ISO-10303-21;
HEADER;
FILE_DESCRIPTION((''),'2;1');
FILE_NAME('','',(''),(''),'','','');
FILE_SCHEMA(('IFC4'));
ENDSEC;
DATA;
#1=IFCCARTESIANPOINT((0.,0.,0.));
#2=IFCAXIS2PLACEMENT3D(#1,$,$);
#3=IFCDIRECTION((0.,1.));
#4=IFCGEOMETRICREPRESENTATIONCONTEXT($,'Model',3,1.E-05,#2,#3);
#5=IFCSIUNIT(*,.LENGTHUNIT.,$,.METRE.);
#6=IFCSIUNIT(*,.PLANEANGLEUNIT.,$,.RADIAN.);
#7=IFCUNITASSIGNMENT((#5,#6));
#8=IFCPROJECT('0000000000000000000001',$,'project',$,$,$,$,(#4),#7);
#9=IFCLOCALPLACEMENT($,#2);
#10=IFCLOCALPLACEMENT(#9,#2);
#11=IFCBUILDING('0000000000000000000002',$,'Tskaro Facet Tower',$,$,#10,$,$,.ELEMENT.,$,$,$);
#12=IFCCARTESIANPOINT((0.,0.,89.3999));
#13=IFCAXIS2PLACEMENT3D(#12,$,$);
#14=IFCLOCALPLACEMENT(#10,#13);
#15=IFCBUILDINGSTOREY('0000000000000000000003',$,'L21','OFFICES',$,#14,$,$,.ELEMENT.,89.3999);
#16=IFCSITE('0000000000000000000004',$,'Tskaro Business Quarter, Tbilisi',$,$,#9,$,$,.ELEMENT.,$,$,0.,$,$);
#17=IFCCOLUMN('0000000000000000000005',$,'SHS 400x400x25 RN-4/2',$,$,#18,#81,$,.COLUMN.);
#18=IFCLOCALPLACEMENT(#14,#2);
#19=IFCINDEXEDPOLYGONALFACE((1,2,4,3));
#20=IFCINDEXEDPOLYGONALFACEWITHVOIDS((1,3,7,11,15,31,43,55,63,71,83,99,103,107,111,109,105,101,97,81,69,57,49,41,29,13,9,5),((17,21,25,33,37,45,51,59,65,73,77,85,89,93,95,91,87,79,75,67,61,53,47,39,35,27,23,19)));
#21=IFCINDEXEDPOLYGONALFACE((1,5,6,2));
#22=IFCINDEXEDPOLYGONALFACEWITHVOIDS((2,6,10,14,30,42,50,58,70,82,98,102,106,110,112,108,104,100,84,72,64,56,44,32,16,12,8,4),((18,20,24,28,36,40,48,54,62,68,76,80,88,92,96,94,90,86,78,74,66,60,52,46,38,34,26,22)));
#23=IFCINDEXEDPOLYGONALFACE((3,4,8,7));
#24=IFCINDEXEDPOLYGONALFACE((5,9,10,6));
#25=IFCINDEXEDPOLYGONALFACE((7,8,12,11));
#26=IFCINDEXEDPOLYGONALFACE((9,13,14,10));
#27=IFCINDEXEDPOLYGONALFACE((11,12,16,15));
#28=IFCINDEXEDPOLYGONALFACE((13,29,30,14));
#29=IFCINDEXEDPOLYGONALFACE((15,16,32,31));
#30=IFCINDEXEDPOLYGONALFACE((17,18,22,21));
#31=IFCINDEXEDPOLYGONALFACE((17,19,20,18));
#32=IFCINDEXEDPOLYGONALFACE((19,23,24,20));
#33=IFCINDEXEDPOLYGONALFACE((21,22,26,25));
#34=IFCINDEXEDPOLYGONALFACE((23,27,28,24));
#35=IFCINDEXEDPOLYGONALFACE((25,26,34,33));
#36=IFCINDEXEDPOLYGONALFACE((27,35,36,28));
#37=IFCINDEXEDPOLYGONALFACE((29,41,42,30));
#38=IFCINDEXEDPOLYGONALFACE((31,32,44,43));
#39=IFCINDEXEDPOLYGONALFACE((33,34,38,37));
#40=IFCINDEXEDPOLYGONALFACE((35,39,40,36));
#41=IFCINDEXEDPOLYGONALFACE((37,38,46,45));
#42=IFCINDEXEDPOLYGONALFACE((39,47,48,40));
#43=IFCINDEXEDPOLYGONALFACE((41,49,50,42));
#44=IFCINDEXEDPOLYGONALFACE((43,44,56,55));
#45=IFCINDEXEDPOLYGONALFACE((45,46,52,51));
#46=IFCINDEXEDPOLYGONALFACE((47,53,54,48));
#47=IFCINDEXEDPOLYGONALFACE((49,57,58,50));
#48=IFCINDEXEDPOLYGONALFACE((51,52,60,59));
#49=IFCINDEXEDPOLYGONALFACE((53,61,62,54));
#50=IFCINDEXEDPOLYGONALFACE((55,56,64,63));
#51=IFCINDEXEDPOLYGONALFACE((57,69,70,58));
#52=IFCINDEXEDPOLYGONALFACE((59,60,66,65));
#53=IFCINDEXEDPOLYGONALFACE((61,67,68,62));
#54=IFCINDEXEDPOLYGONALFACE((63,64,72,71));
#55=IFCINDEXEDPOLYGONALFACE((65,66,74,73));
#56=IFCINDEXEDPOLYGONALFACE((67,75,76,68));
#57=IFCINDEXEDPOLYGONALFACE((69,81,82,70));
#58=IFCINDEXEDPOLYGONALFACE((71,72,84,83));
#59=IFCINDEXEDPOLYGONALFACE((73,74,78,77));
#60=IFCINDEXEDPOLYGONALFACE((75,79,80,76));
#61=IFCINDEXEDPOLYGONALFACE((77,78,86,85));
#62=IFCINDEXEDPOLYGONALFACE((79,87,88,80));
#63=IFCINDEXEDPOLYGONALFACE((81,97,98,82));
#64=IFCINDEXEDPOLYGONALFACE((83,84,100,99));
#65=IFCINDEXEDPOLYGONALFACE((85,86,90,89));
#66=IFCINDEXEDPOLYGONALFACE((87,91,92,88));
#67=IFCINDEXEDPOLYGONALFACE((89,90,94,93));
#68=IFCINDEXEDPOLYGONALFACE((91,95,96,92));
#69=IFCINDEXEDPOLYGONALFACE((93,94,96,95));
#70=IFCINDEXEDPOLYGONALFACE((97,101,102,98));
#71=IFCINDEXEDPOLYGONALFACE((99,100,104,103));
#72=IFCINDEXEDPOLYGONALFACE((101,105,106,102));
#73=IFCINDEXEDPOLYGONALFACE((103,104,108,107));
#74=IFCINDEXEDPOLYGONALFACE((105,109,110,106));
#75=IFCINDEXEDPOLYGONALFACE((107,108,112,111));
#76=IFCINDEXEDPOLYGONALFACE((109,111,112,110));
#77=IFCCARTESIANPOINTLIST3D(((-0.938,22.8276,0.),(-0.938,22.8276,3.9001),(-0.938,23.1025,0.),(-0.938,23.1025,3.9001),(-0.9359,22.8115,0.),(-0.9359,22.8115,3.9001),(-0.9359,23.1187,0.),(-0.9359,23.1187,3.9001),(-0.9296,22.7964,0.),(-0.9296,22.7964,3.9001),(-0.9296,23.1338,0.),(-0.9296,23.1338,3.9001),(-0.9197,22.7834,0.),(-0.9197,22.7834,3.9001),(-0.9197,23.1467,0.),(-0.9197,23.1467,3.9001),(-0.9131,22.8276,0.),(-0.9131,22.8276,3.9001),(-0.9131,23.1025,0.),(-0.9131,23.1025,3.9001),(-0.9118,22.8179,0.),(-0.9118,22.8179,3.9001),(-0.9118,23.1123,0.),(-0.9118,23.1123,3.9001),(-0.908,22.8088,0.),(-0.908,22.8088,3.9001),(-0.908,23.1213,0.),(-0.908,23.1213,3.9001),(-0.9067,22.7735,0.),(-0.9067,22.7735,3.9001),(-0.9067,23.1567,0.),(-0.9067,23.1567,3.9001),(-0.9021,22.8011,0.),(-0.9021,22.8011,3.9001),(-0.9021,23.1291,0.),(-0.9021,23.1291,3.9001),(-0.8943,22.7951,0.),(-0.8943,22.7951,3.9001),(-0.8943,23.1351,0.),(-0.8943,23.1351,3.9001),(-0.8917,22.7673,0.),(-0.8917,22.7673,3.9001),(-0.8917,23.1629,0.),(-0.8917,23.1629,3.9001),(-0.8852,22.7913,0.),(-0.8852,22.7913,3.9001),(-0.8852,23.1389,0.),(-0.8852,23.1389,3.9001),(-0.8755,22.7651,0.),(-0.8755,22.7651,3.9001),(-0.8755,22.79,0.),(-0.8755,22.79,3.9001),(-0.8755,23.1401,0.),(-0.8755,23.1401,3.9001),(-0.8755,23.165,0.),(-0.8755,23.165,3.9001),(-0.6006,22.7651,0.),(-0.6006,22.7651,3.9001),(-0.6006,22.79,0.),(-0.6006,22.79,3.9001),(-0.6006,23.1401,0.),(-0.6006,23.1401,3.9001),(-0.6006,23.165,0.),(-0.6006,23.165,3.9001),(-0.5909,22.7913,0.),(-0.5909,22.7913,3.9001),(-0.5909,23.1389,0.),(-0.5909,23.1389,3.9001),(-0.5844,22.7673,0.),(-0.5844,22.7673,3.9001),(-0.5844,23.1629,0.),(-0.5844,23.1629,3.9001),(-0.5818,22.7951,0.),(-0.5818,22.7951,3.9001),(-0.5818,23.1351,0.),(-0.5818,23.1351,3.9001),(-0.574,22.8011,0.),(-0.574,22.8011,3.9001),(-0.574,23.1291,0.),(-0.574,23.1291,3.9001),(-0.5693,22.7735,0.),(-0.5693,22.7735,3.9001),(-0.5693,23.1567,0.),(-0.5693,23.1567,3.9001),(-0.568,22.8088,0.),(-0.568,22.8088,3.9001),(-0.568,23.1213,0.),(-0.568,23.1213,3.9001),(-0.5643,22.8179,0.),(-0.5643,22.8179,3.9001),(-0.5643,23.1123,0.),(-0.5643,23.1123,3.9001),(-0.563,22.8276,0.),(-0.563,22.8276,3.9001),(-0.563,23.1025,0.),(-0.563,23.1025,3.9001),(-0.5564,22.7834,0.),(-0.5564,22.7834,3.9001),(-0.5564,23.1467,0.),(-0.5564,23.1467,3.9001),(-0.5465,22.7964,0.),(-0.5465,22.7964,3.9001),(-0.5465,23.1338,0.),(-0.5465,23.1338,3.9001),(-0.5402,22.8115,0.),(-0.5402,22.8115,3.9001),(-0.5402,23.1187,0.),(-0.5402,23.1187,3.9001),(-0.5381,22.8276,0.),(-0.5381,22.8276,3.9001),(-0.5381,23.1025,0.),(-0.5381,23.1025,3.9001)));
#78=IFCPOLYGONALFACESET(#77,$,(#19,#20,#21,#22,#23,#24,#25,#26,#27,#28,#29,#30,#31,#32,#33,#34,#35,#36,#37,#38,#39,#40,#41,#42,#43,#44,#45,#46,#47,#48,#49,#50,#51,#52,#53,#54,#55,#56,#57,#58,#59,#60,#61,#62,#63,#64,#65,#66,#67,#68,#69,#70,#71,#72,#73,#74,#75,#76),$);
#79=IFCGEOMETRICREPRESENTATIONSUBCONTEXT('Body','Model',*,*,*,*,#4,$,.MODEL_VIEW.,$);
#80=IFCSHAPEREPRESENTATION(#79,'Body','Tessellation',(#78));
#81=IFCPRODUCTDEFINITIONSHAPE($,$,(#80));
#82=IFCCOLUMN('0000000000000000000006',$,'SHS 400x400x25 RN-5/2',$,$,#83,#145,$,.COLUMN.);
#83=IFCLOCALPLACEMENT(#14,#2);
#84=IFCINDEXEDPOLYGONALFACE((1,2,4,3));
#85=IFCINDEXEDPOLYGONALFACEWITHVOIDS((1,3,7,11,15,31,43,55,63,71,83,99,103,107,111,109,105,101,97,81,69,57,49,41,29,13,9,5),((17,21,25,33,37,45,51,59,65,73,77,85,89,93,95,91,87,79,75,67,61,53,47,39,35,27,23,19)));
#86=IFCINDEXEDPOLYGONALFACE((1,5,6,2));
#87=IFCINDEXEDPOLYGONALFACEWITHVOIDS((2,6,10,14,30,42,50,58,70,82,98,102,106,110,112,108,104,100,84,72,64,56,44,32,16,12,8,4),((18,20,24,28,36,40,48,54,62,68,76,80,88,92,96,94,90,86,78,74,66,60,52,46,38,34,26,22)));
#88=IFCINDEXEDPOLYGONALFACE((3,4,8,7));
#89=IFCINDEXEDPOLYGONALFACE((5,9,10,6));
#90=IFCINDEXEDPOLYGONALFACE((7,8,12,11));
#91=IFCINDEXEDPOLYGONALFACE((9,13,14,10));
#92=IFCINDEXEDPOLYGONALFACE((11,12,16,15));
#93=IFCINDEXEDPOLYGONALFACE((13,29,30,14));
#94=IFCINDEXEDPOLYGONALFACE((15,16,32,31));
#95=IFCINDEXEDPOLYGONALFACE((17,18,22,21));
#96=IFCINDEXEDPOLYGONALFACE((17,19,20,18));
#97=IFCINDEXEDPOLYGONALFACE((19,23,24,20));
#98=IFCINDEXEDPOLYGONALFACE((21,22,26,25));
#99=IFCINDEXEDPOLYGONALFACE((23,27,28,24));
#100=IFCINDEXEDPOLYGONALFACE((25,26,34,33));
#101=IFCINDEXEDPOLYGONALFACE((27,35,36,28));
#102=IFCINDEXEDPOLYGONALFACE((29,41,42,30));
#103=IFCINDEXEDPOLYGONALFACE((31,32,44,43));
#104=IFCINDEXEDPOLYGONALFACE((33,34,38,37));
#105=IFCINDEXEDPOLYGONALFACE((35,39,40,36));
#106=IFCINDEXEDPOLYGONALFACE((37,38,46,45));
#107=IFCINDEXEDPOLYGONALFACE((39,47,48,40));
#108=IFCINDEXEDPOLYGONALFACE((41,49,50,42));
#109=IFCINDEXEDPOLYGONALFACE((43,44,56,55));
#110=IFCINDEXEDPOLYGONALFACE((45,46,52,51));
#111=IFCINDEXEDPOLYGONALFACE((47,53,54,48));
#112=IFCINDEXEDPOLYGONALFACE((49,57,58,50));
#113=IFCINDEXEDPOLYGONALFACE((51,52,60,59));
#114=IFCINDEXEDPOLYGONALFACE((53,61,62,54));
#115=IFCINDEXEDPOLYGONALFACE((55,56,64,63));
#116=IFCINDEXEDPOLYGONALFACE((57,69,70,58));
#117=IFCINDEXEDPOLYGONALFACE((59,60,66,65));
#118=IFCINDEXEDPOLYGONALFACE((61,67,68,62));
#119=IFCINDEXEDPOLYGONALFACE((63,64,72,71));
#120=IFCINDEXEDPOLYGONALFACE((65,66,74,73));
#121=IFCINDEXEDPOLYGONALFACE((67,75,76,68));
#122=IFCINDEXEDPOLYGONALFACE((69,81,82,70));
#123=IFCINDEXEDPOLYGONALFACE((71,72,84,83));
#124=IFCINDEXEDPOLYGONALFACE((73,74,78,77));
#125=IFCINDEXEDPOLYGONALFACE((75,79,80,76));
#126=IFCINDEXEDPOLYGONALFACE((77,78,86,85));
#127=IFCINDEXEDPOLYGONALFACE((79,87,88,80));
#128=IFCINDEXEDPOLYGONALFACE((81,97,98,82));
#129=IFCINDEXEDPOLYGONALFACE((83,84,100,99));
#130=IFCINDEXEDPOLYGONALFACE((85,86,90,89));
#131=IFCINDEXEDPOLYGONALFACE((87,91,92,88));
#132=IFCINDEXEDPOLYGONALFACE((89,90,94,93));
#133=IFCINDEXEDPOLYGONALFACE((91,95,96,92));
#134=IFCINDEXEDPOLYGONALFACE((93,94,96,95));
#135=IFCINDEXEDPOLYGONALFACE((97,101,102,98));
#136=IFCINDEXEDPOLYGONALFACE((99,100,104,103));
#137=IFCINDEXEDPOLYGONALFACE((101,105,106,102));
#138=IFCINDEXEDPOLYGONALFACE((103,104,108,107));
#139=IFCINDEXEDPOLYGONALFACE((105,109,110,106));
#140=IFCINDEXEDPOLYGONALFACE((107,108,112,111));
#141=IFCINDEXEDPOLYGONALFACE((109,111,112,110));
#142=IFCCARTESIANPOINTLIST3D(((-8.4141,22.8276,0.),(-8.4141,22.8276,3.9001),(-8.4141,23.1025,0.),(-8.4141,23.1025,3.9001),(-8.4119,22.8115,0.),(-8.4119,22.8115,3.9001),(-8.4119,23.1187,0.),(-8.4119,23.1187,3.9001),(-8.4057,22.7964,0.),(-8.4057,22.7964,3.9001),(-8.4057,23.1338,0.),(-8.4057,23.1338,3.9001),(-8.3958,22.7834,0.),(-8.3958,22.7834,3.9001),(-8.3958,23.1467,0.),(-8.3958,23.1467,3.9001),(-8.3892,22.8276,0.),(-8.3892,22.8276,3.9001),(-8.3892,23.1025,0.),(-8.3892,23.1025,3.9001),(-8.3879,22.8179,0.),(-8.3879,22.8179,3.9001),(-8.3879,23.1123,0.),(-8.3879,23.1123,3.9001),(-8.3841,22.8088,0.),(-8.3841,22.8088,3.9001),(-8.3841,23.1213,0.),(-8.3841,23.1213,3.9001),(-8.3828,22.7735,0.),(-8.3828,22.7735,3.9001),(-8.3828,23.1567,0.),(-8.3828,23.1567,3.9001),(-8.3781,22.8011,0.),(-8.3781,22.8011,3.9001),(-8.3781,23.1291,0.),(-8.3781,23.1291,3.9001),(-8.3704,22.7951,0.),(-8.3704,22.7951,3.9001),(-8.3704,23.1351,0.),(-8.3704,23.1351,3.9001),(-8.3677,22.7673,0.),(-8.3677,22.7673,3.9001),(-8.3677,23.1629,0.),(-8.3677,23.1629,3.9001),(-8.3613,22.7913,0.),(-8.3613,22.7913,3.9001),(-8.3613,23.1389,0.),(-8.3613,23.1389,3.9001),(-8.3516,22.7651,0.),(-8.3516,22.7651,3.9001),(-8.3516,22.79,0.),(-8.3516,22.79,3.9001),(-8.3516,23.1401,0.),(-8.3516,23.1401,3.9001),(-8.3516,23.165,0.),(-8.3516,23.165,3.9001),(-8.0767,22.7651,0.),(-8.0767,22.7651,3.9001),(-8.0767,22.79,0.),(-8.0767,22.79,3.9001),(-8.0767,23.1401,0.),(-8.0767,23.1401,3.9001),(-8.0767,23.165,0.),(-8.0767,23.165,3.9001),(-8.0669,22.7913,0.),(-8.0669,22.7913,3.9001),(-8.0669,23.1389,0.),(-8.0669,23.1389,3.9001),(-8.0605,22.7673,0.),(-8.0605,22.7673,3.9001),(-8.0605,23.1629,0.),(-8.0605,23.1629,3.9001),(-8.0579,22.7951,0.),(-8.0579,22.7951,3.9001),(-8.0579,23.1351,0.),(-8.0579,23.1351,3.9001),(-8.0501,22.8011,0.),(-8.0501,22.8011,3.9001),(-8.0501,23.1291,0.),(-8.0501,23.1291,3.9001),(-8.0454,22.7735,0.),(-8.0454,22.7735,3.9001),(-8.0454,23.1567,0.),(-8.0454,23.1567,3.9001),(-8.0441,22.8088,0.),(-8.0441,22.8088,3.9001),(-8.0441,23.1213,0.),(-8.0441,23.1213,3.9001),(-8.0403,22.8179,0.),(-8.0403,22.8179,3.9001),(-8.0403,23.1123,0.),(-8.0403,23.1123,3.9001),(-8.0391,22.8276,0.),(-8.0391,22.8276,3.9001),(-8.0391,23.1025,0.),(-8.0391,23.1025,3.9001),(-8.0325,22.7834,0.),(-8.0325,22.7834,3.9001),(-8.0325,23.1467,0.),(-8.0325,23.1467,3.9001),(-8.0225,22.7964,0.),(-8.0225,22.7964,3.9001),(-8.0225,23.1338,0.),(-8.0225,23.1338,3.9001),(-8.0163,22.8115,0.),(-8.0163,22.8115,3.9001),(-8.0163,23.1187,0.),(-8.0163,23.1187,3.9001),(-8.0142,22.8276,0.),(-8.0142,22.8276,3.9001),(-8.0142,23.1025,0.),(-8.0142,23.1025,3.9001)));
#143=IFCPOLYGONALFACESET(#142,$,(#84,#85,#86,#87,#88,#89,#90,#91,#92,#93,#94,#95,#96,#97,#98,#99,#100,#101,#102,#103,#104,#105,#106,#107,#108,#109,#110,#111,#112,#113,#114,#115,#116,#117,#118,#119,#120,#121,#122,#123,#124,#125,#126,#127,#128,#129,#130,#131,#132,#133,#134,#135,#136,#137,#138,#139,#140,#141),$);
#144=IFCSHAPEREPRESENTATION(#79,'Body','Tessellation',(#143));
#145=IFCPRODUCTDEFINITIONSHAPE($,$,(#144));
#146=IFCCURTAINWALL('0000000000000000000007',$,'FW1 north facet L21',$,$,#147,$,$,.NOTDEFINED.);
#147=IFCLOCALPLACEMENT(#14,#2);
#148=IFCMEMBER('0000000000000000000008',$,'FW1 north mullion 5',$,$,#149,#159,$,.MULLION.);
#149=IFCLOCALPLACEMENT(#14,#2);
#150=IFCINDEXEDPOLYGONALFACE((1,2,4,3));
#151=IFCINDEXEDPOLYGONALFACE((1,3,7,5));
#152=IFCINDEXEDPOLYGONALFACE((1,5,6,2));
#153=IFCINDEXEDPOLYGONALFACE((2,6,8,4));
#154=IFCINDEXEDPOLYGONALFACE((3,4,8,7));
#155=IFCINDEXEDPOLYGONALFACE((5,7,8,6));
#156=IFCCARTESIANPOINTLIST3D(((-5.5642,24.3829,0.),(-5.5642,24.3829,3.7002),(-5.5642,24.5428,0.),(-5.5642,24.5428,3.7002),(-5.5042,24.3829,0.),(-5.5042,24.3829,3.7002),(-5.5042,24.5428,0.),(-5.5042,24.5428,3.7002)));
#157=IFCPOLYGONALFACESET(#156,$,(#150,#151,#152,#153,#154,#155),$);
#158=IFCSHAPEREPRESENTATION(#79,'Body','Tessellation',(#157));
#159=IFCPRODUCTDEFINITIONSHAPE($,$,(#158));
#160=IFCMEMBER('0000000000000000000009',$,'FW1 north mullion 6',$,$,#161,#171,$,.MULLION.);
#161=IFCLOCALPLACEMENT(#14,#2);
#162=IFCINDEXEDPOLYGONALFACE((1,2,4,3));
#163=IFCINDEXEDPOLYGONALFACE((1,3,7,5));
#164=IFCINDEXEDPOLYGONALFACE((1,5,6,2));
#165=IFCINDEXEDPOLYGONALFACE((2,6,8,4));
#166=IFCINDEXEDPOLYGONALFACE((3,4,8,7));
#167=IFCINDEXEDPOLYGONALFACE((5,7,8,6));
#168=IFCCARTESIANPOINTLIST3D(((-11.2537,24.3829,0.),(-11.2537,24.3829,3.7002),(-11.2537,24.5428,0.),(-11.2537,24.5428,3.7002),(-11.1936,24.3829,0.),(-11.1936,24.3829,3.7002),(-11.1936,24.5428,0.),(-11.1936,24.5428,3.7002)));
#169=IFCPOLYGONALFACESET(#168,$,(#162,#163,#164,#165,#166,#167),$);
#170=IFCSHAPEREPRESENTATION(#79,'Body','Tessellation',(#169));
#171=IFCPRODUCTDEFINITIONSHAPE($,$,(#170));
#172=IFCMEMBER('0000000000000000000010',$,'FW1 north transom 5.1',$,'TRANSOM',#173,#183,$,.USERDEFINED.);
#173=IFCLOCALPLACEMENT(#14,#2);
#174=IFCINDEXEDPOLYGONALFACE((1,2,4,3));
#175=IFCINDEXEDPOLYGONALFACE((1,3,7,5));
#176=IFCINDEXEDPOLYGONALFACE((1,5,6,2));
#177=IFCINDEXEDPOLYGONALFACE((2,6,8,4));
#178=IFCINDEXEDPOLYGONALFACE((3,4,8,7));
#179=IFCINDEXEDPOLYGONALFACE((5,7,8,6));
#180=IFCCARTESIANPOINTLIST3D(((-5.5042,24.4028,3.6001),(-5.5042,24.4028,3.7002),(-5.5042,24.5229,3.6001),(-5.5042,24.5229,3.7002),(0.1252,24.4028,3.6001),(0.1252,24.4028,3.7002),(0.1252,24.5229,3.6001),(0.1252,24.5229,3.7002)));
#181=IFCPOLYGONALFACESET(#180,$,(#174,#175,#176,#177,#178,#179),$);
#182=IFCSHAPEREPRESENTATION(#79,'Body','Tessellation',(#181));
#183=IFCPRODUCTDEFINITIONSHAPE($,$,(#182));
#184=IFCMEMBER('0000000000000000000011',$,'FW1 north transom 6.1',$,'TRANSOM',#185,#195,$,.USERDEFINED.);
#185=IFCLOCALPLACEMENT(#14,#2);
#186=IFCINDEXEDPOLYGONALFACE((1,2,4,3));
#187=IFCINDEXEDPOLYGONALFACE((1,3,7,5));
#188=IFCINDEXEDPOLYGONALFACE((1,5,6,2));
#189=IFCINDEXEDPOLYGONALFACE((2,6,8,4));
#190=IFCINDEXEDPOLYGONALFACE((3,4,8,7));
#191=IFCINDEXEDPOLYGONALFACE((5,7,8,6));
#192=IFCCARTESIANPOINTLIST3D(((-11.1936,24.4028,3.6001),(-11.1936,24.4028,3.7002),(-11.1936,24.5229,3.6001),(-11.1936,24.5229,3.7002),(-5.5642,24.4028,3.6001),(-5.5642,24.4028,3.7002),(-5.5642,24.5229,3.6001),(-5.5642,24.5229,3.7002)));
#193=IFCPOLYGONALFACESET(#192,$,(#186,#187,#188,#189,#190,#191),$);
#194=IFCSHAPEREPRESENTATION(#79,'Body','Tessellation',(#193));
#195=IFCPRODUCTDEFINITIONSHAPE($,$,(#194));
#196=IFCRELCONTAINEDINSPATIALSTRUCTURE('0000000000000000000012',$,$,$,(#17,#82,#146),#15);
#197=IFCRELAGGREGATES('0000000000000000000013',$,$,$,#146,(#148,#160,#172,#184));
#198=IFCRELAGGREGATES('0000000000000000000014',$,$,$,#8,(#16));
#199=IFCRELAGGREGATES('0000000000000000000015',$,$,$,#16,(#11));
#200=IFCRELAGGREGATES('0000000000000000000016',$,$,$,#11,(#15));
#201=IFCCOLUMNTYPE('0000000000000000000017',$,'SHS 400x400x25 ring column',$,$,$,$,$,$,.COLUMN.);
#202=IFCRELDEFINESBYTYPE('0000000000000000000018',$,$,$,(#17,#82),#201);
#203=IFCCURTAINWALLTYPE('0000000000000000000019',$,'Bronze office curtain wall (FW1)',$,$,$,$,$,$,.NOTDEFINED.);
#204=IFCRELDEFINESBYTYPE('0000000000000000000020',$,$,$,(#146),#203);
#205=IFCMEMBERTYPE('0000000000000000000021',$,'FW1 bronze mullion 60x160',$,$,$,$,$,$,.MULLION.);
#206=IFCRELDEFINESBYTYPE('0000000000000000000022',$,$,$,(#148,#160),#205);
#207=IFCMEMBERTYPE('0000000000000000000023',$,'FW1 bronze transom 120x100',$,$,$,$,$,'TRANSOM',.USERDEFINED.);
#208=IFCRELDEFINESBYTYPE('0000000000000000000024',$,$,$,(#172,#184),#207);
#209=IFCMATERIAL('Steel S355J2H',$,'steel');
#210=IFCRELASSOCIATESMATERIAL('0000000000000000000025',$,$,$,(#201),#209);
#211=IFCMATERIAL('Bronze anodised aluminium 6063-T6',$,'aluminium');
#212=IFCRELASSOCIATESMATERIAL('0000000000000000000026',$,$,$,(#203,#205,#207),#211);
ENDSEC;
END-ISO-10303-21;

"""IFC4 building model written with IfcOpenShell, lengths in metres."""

from ifc_helpers import new_model, si_unit, direction, frame, origin, origin_2d, place, context, subcontext, project, spatial, rectangle, hollow_rectangle, extrude, material, material_profile, profile_set, type_object, element, aggregate, save


model = new_model("IFC4")

# Units and contexts
model_context = context("Model", 3, precision=1e-05, world=origin(), true_north=direction((0.0, 1.0)))
body_context = subcontext(model_context, "Body", "Model", "MODEL_VIEW")
ifc_project = project(units=[si_unit("LENGTHUNIT", "METRE"), si_unit("PLANEANGLEUNIT", "RADIAN")], contexts=[model_context])

# Site, building, storey
site_placement = place(None, origin())
site = spatial("IfcSite", under=ifc_project, at=site_placement, Name="Tskaro Business Quarter, Tbilisi", CompositionType="ELEMENT", RefElevation=0.0)
building_placement = place(site_placement, origin())
building = spatial("IfcBuilding", under=site, at=building_placement, Name="Tskaro Facet Tower", CompositionType="ELEMENT")
storey_placement = place(building_placement, frame((0.0, 0.0, 89.3999)))
storey = spatial("IfcBuildingStorey", under=building, at=storey_placement, Name="L21", Description="OFFICES", CompositionType="ELEMENT", Elevation=89.3999)

# Columns
ifc_material_1 = material(Name="Steel S355J2H", Category="steel")
ifc_material_profile_1 = material_profile(ifc_material_1, hollow_rectangle(XDim=0.3999, YDim=0.3999, WallThickness=0.0249, InnerFilletRadius=0.0376, OuterFilletRadius=0.0625, at=origin_2d()), Name="SHS 400x400x25")
ifc_profile_set_1 = profile_set([ifc_material_profile_1], Name="Steel S355J2H")
column_type_1 = type_object("IfcColumnType", Name="SHS 400x400x25 ring column", PredefinedType="COLUMN", material=ifc_profile_set_1)
for number, where, z_axis, x_axis, name in (
    (1, (-0.738, 22.9651, 0.0), (0.0, 0.0, 1.0), (1.0, 0.0, 0.0), "SHS 400x400x25 RN-4/2"),
    (2, (-8.2141, 22.9651, 0.0), (0.0, 0.0, 1.0), (1.0, 0.0, 0.0), "SHS 400x400x25 RN-5/2"),
):
    element("IfcColumn", number, at=place(storey_placement, frame(where, z_axis=z_axis, x_axis=x_axis)), inside=storey, type_object=column_type_1, Name=name, PredefinedType="COLUMN", context=body_context, shape_type="SweptSolid", body=[
        extrude(hollow_rectangle(XDim=0.3999, YDim=0.3999, WallThickness=0.0249, InnerFilletRadius=0.0376, OuterFilletRadius=0.0625, at=origin_2d()), origin(), (0.0, 0.0, 1.0), 3.9001),
    ])

# Curtain wall, members
ifc_material_2 = material(Name="Bronze anodised aluminium 6063-T6", Category="aluminium")
curtain_wall_type = type_object("IfcCurtainWallType", Name="Bronze office curtain wall (FW1)", PredefinedType="NOTDEFINED", material=ifc_material_2)
curtain_wall_placement = place(storey_placement, origin())
curtain_wall = element("IfcCurtainWall", 3, at=curtain_wall_placement, inside=storey, type_object=curtain_wall_type, Name="FW1 north facet L21", PredefinedType="NOTDEFINED")
ifc_material_profile_2 = material_profile(ifc_material_2, rectangle(XDim=0.0601, YDim=0.1599, at=origin_2d()), Name="Mullion 60x160")
ifc_profile_set_2 = profile_set([ifc_material_profile_2], Name="Bronze anodised aluminium 6063-T6")
member_type_1 = type_object("IfcMemberType", Name="FW1 bronze mullion 60x160", PredefinedType="MULLION", material=ifc_profile_set_2)
member_1_placement = place(storey_placement, frame((-5.5342, 24.4629, 0.0), z_axis=(0.0, 0.0, 1.0), x_axis=(-1.0, 0.0, 0.0)))
member_1 = element("IfcMember", 4, at=member_1_placement, type_object=member_type_1, Name="FW1 north mullion 5", PredefinedType="MULLION", context=body_context, shape_type="SweptSolid", body=[
    extrude(rectangle(XDim=0.0601, YDim=0.1599, at=origin_2d()), origin(), (0.0, 0.0, 1.0), 3.7002),
])
member_2_placement = place(storey_placement, frame((-11.2236, 24.4629, 0.0), z_axis=(0.0, 0.0, 1.0), x_axis=(-1.0, 0.0, 0.0)))
member_2 = element("IfcMember", 5, at=member_2_placement, type_object=member_type_1, Name="FW1 north mullion 6", PredefinedType="MULLION", context=body_context, shape_type="SweptSolid", body=[
    extrude(rectangle(XDim=0.0601, YDim=0.1599, at=origin_2d()), origin(), (0.0, 0.0, 1.0), 3.7002),
])
ifc_material_profile_3 = material_profile(ifc_material_2, rectangle(XDim=0.1201, YDim=0.1001, at=origin_2d()), Name="Transom 120x100")
ifc_profile_set_3 = profile_set([ifc_material_profile_3], Name="Bronze anodised aluminium 6063-T6")
member_type_2 = type_object("IfcMemberType", Name="FW1 bronze transom 120x100", ElementType="TRANSOM", PredefinedType="USERDEFINED", material=ifc_profile_set_3)
member_3_placement = place(storey_placement, frame((0.1252, 24.4629, 3.6501), z_axis=(-1.0, 0.0, 0.0), x_axis=(0.0, -1.0, 0.0)))
member_3 = element("IfcMember", 6, at=member_3_placement, type_object=member_type_2, Name="FW1 north transom 5.1", ObjectType="TRANSOM", PredefinedType="USERDEFINED", context=body_context, shape_type="SweptSolid", body=[
    extrude(rectangle(XDim=0.1201, YDim=0.1001, at=origin_2d()), origin(), (0.0, 0.0, 1.0), 5.6294),
])
member_4_placement = place(storey_placement, frame((-5.5642, 24.4629, 3.6501), z_axis=(-1.0, 0.0, 0.0), x_axis=(0.0, -1.0, 0.0)))
member_4 = element("IfcMember", 7, at=member_4_placement, type_object=member_type_2, Name="FW1 north transom 6.1", ObjectType="TRANSOM", PredefinedType="USERDEFINED", context=body_context, shape_type="SweptSolid", body=[
    extrude(rectangle(XDim=0.1201, YDim=0.1001, at=origin_2d()), origin(), (0.0, 0.0, 1.0), 5.6294),
])

aggregate(curtain_wall, [member_1, member_2, member_3, member_4])

save(model, "model.ifc")
